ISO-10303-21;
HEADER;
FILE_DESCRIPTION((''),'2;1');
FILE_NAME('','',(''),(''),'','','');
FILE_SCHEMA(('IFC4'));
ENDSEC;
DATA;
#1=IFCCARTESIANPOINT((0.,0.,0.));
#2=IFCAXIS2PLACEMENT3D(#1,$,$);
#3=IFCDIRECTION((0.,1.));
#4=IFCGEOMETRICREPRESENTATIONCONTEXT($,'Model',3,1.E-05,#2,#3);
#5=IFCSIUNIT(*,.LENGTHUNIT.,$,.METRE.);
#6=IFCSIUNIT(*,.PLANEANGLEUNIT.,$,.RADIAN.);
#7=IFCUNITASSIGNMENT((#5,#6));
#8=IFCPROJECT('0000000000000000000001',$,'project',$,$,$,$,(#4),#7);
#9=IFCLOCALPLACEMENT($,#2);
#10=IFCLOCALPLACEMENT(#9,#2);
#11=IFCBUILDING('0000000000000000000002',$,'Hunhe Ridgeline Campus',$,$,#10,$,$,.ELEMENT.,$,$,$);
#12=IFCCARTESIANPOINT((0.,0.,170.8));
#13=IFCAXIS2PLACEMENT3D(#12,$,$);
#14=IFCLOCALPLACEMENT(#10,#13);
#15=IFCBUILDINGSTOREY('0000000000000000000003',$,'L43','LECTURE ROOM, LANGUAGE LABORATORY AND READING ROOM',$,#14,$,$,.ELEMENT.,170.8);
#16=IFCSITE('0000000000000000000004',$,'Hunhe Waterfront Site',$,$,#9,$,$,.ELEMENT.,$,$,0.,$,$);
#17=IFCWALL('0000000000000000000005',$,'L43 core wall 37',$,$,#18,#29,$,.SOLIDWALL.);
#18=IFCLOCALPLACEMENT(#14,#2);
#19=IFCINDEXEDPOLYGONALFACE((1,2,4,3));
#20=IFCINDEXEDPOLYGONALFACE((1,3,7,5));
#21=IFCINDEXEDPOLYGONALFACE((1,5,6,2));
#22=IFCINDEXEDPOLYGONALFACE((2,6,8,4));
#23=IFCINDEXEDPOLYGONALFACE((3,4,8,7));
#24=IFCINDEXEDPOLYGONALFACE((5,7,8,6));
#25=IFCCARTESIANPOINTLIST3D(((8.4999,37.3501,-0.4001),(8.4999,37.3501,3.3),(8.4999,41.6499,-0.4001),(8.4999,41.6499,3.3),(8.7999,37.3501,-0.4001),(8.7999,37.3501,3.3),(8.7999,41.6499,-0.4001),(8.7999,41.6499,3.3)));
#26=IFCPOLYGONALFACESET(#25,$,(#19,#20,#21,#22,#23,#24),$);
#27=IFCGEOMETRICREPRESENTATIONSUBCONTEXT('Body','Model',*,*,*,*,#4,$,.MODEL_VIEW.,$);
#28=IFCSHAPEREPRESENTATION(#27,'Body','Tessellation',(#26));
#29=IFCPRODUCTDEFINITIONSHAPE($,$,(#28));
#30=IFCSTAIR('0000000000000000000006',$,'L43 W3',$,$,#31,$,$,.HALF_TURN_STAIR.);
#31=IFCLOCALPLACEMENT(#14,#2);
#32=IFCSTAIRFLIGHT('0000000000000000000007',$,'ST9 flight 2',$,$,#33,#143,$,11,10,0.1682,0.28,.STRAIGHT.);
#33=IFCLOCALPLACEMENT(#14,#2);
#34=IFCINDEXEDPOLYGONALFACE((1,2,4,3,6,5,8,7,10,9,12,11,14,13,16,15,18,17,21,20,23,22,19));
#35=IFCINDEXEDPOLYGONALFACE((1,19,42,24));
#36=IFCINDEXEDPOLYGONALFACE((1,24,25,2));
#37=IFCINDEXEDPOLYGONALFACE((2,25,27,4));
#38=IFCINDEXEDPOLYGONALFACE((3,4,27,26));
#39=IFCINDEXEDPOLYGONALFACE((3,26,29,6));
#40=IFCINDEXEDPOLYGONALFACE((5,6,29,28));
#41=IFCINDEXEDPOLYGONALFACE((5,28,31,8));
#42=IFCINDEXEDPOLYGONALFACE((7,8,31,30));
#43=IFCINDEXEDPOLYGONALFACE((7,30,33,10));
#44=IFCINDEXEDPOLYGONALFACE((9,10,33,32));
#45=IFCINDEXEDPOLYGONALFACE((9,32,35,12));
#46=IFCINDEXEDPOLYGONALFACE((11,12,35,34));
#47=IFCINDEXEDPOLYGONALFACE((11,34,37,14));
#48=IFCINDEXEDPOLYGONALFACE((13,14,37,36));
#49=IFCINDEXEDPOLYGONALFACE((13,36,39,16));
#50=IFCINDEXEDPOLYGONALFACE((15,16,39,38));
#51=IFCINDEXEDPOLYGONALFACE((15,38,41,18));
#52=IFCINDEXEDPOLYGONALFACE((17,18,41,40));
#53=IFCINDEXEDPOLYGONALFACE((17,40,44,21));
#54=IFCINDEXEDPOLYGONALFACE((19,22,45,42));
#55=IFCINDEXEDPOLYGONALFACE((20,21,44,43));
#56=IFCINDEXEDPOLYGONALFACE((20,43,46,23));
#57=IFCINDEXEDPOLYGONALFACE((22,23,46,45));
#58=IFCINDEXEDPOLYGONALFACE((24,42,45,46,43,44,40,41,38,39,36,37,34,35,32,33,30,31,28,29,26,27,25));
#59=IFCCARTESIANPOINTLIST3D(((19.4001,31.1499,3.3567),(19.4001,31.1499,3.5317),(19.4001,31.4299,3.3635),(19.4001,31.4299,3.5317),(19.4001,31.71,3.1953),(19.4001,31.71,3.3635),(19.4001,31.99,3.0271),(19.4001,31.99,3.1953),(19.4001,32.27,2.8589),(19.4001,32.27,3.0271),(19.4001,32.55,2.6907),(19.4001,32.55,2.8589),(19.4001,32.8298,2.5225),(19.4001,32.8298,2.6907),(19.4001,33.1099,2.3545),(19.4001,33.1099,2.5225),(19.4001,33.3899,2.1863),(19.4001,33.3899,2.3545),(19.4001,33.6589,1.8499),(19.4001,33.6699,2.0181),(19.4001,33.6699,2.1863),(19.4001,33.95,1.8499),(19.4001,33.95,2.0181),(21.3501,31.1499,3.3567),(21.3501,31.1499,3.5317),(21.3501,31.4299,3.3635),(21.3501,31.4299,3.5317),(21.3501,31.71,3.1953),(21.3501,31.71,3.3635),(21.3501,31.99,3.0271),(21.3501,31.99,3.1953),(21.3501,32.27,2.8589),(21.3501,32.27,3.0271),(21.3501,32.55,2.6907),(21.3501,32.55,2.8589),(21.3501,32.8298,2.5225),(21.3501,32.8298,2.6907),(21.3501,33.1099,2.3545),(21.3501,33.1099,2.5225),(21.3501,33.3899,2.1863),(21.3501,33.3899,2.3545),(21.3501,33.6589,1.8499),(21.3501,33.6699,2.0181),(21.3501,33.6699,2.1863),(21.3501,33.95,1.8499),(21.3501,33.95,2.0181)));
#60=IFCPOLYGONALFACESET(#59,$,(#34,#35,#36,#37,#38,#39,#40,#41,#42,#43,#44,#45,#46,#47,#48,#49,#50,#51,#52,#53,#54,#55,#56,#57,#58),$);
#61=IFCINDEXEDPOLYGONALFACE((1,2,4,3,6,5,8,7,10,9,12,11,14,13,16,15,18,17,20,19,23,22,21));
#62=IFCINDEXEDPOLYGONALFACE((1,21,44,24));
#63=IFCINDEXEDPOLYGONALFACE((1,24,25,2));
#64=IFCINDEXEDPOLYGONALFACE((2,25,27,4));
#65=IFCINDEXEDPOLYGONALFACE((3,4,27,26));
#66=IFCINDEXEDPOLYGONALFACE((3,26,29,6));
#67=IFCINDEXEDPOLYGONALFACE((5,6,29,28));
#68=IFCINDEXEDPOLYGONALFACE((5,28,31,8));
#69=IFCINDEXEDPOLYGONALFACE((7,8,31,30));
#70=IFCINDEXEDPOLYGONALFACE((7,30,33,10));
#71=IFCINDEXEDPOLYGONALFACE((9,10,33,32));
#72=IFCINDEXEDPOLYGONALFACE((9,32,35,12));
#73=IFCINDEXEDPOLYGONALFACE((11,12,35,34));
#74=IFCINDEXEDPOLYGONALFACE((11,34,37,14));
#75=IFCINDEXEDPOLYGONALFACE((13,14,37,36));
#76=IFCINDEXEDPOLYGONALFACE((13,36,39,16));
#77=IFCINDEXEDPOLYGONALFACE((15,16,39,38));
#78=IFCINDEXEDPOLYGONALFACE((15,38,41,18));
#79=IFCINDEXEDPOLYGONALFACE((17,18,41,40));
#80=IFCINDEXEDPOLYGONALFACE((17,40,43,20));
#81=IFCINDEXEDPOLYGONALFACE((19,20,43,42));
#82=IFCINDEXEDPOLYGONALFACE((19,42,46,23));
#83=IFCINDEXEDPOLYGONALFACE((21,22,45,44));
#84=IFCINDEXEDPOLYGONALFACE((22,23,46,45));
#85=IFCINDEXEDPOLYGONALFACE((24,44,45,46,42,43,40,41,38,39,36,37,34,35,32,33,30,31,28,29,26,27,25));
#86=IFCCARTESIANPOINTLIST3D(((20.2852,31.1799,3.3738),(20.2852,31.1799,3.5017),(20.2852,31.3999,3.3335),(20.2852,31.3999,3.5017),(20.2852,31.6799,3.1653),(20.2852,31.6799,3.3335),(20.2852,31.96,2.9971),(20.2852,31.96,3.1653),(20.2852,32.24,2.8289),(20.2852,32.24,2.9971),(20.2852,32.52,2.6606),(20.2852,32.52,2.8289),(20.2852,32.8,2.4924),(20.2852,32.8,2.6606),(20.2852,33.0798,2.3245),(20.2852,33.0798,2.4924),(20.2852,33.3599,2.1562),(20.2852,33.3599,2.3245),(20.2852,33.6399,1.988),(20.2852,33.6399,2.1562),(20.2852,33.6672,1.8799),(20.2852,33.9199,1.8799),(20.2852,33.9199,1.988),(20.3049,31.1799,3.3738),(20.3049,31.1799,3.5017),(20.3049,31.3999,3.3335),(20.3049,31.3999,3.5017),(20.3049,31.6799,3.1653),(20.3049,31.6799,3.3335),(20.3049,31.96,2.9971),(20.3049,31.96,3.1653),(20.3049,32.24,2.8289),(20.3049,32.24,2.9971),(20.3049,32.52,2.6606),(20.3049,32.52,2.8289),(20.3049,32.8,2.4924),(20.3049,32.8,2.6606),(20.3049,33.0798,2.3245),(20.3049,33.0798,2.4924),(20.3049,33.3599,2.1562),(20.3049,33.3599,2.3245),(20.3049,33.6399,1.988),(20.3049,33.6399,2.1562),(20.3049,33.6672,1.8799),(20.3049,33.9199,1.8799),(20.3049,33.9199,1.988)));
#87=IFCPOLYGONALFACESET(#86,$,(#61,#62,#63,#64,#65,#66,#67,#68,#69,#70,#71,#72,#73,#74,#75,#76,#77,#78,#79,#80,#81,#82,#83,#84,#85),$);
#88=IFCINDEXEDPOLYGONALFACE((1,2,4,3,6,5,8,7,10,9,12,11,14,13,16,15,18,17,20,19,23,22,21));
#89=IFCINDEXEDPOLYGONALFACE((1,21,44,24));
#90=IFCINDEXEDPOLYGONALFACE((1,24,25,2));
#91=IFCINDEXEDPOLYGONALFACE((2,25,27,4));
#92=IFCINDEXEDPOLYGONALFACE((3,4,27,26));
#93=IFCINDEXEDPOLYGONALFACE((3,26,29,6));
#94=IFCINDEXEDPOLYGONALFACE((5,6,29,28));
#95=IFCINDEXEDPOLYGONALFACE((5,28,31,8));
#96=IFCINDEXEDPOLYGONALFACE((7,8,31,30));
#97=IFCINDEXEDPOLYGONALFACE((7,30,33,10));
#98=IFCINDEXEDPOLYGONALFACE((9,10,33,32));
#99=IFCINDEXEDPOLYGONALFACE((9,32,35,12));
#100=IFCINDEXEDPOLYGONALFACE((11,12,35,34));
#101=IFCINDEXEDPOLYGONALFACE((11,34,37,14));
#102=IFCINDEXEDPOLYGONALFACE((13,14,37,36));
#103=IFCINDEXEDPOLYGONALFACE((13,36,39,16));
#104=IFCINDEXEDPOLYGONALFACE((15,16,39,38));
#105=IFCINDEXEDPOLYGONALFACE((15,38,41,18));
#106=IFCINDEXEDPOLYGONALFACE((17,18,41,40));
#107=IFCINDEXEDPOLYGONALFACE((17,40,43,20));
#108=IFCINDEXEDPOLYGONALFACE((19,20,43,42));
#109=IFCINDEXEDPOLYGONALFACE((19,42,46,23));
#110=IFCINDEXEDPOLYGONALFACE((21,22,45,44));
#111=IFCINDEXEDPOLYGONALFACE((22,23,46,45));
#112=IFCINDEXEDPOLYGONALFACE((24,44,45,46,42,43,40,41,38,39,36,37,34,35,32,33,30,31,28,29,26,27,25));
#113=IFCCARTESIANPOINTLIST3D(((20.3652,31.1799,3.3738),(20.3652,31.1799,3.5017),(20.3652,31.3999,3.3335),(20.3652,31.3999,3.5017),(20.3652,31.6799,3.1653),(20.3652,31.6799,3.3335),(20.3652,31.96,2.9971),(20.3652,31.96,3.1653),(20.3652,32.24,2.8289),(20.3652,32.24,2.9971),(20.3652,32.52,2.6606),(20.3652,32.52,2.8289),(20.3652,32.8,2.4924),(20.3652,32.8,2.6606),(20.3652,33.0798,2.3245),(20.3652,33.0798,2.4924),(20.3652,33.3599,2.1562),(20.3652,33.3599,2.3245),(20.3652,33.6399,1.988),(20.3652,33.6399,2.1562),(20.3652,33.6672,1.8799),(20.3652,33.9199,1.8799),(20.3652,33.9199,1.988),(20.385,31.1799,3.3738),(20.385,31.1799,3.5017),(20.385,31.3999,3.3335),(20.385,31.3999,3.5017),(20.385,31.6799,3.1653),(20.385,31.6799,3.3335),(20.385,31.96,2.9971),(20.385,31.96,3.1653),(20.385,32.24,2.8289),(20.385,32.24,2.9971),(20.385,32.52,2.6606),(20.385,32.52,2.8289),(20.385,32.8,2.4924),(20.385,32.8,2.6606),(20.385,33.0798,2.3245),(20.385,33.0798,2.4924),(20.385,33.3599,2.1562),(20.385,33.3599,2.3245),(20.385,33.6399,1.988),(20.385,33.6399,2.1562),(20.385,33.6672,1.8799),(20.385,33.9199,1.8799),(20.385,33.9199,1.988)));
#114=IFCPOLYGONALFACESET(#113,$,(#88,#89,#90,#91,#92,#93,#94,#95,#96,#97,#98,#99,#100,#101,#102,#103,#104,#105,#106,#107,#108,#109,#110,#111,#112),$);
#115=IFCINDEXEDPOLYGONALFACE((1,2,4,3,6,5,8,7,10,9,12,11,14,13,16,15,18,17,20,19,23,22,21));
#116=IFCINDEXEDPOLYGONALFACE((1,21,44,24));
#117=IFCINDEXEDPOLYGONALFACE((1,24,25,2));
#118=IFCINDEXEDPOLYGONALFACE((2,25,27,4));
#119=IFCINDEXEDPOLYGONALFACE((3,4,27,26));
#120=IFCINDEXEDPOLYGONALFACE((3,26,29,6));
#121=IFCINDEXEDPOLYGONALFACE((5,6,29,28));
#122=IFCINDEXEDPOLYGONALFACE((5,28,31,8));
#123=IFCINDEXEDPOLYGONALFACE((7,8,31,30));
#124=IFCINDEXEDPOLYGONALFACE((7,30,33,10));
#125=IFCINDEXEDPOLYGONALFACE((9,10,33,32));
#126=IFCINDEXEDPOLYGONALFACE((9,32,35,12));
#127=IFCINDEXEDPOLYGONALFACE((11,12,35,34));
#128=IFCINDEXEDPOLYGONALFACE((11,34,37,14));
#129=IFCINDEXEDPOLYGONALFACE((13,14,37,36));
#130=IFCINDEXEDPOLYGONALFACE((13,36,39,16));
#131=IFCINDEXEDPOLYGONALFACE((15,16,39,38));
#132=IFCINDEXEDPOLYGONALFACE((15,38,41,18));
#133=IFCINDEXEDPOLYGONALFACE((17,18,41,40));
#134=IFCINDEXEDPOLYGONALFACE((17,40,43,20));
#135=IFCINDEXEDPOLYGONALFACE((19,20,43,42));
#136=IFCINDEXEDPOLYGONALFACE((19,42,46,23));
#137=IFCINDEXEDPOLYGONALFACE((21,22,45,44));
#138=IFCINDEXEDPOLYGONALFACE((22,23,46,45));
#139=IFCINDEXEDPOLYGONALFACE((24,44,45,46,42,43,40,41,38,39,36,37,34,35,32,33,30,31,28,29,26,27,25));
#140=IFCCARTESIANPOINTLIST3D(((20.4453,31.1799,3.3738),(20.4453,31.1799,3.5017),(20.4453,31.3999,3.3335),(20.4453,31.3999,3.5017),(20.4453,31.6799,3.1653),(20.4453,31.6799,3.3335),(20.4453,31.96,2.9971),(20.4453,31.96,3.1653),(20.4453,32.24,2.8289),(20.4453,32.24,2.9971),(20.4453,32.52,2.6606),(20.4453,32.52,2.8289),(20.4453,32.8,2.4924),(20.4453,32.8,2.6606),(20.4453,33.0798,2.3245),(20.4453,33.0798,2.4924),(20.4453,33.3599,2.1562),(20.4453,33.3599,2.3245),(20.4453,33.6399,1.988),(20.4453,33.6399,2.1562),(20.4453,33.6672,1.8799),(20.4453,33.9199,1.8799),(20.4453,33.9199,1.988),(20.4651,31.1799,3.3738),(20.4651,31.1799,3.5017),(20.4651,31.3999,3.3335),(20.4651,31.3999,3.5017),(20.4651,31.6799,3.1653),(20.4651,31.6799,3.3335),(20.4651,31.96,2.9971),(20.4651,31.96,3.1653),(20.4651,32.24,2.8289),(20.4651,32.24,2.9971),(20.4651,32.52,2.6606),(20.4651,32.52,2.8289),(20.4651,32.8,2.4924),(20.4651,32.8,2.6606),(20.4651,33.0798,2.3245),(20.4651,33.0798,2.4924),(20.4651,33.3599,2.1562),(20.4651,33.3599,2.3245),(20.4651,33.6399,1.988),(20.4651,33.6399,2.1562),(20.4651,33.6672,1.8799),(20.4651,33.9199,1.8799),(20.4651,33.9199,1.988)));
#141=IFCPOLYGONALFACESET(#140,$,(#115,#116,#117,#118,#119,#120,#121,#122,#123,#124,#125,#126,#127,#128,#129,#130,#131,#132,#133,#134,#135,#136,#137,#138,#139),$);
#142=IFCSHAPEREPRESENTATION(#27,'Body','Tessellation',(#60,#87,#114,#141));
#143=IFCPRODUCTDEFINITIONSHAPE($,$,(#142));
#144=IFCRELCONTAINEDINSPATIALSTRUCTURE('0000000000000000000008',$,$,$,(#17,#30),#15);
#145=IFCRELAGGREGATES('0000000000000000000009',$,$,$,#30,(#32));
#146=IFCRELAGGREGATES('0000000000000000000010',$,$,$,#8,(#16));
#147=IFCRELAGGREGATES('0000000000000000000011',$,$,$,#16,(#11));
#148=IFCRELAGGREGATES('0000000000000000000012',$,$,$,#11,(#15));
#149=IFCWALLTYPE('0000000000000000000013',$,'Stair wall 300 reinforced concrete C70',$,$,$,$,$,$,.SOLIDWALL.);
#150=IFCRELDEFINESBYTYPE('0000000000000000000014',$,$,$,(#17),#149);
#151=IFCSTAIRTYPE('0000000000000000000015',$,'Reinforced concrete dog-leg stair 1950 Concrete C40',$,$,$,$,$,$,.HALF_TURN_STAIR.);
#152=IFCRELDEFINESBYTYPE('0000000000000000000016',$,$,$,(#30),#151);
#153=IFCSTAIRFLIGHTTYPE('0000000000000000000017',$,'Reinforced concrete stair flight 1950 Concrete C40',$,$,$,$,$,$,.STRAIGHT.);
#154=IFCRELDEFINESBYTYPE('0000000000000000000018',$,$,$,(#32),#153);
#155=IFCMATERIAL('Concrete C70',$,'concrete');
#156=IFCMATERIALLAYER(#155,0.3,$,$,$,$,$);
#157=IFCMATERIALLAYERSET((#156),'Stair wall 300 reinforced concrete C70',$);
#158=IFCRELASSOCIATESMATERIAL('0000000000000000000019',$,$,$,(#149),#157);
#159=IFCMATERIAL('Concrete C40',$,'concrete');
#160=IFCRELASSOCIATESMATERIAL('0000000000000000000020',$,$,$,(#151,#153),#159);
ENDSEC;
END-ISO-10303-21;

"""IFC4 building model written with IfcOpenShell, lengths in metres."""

from ifc_helpers import new_model, si_unit, direction, frame, frame_2d, origin, place, context, subcontext, project, spatial, polyline, rectangle, outline, extrude, material, layer, layer_set, type_object, element, aggregate, save


model = new_model("IFC4")

# Units and contexts
model_context = context("Model", 3, precision=1e-05, world=origin(), true_north=direction((0.0, 1.0)))
body_context = subcontext(model_context, "Body", "Model", "MODEL_VIEW")
ifc_project = project(units=[si_unit("LENGTHUNIT", "METRE"), si_unit("PLANEANGLEUNIT", "RADIAN")], contexts=[model_context])

# Site, building, storey
site_placement = place(None, origin())
site = spatial("IfcSite", under=ifc_project, at=site_placement, Name="Hunhe Waterfront Site", CompositionType="ELEMENT", RefElevation=0.0)
building_placement = place(site_placement, origin())
building = spatial("IfcBuilding", under=site, at=building_placement, Name="Hunhe Ridgeline Campus", CompositionType="ELEMENT")
storey_placement = place(building_placement, frame((0.0, 0.0, 170.8)))
storey = spatial("IfcBuildingStorey", under=building, at=storey_placement, Name="L43", Description="LECTURE ROOM, LANGUAGE LABORATORY AND READING ROOM", CompositionType="ELEMENT", Elevation=170.8)

# Shared definitions
ifc_material_1 = material(Name="Concrete C70", Category="concrete")

# Shared definitions
ifc_layer_1 = layer(ifc_material_1, 0.3)
ifc_layer_set_1 = layer_set([ifc_layer_1], Name="Stair wall 300 reinforced concrete C70")
wall_type_1 = type_object("IfcWallType", Name="Stair wall 300 reinforced concrete C70", PredefinedType="SOLIDWALL", material=ifc_layer_set_1)

# Wall
wall_1_placement = place(storey_placement, frame((8.6499, 37.3501, -0.4001), z_axis=(0.0, 0.0, 1.0), x_axis=(0.0, 1.0, 0.0)))
element("IfcWall", 1, at=wall_1_placement, inside=storey, type_object=wall_type_1, Name="L43 core wall 37", PredefinedType="SOLIDWALL", context=body_context, shape_type="SweptSolid", body=[
    extrude(rectangle(XDim=4.2998, YDim=0.3, at=frame_2d((2.1499, 0.0))), origin(), (0.0, 0.0, 1.0), 3.7002),
])

# Stair, stair flight
ifc_material_2 = material(Name="Concrete C40", Category="concrete")
stair_type = type_object("IfcStairType", Name="Reinforced concrete dog-leg stair 1950 Concrete C40", PredefinedType="HALF_TURN_STAIR", material=ifc_material_2)
stair_1_placement = place(storey_placement, origin())
stair_1 = element("IfcStair", 2, at=stair_1_placement, inside=storey, type_object=stair_type, Name="L43 W3", PredefinedType="HALF_TURN_STAIR")
stair_flight_type = type_object("IfcStairFlightType", Name="Reinforced concrete stair flight 1950 Concrete C40", PredefinedType="STRAIGHT", material=ifc_material_2)
stair_flight_1_placement = place(storey_placement, frame((20.375, 33.95, 1.8499), z_axis=(0.0, 0.0, 1.0), x_axis=(0.0, -1.0, 0.0)))
stair_flight_1 = element("IfcStairFlight", 3, at=stair_flight_1_placement, type_object=stair_flight_type, Name="ST9 flight 2", NumberOfRisers=11, NumberOfTreads=10, PredefinedType="STRAIGHT", RiserHeight=0.1682, TreadLength=0.28, context=body_context, shape_type="SweptSolid", body=[
    extrude(outline(polyline([(0.0, 0.0), (0.0, 0.1682), (0.28, 0.1682), (0.28, 0.3364), (0.5601, 0.3364), (0.5601, 0.5046), (0.8401, 0.5046), (0.8401, 0.6726), (1.1201, 0.6726), (1.1201, 0.8408), (1.3999, 0.8408), (1.3999, 1.009), (1.6799, 1.009), (1.6799, 1.1772), (1.96, 1.1772), (1.96, 1.3455), (2.24, 1.3455), (2.24, 1.5137), (2.52, 1.5137), (2.52, 1.6819), (2.8, 1.6819), (2.8, 1.8501), (2.8, 1.5068), (0.291, 0.0), (0.0, 0.0)])), frame((0.0, 0.9751, 0.0), z_axis=(0.0, -1.0, 0.0), x_axis=(1.0, 0.0, 0.0)), (0.0, 0.0, 1.0), 1.95),
    extrude(outline(polyline([(0.03, 0.03), (0.03, 0.1382), (0.3101, 0.1382), (0.3101, 0.3064), (0.5901, 0.3064), (0.5901, 0.4746), (0.8701, 0.4746), (0.8701, 0.6426), (1.1499, 0.6426), (1.1499, 0.8108), (1.4299, 0.8108), (1.4299, 0.979), (1.71, 0.979), (1.71, 1.1472), (1.99, 1.1472), (1.99, 1.3154), (2.27, 1.3154), (2.27, 1.4836), (2.55, 1.4836), (2.55, 1.6519), (2.77, 1.6519), (2.77, 1.5239), (0.2827, 0.03), (0.03, 0.03)])), frame((0.0, -0.0701, 0.0), z_axis=(0.0, -1.0, 0.0), x_axis=(1.0, 0.0, 0.0)), (0.0, 0.0, 1.0), 0.0198),
    extrude(outline(polyline([(0.03, 0.03), (0.03, 0.1382), (0.3101, 0.1382), (0.3101, 0.3064), (0.5901, 0.3064), (0.5901, 0.4746), (0.8701, 0.4746), (0.8701, 0.6426), (1.1499, 0.6426), (1.1499, 0.8108), (1.4299, 0.8108), (1.4299, 0.979), (1.71, 0.979), (1.71, 1.1472), (1.99, 1.1472), (1.99, 1.3154), (2.27, 1.3154), (2.27, 1.4836), (2.55, 1.4836), (2.55, 1.6519), (2.77, 1.6519), (2.77, 1.5239), (0.2827, 0.03), (0.03, 0.03)])), frame((0.0, 0.01, 0.0), z_axis=(0.0, -1.0, 0.0), x_axis=(1.0, 0.0, 0.0)), (0.0, 0.0, 1.0), 0.0198),
    extrude(outline(polyline([(0.03, 0.03), (0.03, 0.1382), (0.3101, 0.1382), (0.3101, 0.3064), (0.5901, 0.3064), (0.5901, 0.4746), (0.8701, 0.4746), (0.8701, 0.6426), (1.1499, 0.6426), (1.1499, 0.8108), (1.4299, 0.8108), (1.4299, 0.979), (1.71, 0.979), (1.71, 1.1472), (1.99, 1.1472), (1.99, 1.3154), (2.27, 1.3154), (2.27, 1.4836), (2.55, 1.4836), (2.55, 1.6519), (2.77, 1.6519), (2.77, 1.5239), (0.2827, 0.03), (0.03, 0.03)])), frame((0.0, 0.0901, 0.0), z_axis=(0.0, -1.0, 0.0), x_axis=(1.0, 0.0, 0.0)), (0.0, 0.0, 1.0), 0.0198),
])
aggregate(stair_1, [stair_flight_1])

save(model, "model.ifc")
